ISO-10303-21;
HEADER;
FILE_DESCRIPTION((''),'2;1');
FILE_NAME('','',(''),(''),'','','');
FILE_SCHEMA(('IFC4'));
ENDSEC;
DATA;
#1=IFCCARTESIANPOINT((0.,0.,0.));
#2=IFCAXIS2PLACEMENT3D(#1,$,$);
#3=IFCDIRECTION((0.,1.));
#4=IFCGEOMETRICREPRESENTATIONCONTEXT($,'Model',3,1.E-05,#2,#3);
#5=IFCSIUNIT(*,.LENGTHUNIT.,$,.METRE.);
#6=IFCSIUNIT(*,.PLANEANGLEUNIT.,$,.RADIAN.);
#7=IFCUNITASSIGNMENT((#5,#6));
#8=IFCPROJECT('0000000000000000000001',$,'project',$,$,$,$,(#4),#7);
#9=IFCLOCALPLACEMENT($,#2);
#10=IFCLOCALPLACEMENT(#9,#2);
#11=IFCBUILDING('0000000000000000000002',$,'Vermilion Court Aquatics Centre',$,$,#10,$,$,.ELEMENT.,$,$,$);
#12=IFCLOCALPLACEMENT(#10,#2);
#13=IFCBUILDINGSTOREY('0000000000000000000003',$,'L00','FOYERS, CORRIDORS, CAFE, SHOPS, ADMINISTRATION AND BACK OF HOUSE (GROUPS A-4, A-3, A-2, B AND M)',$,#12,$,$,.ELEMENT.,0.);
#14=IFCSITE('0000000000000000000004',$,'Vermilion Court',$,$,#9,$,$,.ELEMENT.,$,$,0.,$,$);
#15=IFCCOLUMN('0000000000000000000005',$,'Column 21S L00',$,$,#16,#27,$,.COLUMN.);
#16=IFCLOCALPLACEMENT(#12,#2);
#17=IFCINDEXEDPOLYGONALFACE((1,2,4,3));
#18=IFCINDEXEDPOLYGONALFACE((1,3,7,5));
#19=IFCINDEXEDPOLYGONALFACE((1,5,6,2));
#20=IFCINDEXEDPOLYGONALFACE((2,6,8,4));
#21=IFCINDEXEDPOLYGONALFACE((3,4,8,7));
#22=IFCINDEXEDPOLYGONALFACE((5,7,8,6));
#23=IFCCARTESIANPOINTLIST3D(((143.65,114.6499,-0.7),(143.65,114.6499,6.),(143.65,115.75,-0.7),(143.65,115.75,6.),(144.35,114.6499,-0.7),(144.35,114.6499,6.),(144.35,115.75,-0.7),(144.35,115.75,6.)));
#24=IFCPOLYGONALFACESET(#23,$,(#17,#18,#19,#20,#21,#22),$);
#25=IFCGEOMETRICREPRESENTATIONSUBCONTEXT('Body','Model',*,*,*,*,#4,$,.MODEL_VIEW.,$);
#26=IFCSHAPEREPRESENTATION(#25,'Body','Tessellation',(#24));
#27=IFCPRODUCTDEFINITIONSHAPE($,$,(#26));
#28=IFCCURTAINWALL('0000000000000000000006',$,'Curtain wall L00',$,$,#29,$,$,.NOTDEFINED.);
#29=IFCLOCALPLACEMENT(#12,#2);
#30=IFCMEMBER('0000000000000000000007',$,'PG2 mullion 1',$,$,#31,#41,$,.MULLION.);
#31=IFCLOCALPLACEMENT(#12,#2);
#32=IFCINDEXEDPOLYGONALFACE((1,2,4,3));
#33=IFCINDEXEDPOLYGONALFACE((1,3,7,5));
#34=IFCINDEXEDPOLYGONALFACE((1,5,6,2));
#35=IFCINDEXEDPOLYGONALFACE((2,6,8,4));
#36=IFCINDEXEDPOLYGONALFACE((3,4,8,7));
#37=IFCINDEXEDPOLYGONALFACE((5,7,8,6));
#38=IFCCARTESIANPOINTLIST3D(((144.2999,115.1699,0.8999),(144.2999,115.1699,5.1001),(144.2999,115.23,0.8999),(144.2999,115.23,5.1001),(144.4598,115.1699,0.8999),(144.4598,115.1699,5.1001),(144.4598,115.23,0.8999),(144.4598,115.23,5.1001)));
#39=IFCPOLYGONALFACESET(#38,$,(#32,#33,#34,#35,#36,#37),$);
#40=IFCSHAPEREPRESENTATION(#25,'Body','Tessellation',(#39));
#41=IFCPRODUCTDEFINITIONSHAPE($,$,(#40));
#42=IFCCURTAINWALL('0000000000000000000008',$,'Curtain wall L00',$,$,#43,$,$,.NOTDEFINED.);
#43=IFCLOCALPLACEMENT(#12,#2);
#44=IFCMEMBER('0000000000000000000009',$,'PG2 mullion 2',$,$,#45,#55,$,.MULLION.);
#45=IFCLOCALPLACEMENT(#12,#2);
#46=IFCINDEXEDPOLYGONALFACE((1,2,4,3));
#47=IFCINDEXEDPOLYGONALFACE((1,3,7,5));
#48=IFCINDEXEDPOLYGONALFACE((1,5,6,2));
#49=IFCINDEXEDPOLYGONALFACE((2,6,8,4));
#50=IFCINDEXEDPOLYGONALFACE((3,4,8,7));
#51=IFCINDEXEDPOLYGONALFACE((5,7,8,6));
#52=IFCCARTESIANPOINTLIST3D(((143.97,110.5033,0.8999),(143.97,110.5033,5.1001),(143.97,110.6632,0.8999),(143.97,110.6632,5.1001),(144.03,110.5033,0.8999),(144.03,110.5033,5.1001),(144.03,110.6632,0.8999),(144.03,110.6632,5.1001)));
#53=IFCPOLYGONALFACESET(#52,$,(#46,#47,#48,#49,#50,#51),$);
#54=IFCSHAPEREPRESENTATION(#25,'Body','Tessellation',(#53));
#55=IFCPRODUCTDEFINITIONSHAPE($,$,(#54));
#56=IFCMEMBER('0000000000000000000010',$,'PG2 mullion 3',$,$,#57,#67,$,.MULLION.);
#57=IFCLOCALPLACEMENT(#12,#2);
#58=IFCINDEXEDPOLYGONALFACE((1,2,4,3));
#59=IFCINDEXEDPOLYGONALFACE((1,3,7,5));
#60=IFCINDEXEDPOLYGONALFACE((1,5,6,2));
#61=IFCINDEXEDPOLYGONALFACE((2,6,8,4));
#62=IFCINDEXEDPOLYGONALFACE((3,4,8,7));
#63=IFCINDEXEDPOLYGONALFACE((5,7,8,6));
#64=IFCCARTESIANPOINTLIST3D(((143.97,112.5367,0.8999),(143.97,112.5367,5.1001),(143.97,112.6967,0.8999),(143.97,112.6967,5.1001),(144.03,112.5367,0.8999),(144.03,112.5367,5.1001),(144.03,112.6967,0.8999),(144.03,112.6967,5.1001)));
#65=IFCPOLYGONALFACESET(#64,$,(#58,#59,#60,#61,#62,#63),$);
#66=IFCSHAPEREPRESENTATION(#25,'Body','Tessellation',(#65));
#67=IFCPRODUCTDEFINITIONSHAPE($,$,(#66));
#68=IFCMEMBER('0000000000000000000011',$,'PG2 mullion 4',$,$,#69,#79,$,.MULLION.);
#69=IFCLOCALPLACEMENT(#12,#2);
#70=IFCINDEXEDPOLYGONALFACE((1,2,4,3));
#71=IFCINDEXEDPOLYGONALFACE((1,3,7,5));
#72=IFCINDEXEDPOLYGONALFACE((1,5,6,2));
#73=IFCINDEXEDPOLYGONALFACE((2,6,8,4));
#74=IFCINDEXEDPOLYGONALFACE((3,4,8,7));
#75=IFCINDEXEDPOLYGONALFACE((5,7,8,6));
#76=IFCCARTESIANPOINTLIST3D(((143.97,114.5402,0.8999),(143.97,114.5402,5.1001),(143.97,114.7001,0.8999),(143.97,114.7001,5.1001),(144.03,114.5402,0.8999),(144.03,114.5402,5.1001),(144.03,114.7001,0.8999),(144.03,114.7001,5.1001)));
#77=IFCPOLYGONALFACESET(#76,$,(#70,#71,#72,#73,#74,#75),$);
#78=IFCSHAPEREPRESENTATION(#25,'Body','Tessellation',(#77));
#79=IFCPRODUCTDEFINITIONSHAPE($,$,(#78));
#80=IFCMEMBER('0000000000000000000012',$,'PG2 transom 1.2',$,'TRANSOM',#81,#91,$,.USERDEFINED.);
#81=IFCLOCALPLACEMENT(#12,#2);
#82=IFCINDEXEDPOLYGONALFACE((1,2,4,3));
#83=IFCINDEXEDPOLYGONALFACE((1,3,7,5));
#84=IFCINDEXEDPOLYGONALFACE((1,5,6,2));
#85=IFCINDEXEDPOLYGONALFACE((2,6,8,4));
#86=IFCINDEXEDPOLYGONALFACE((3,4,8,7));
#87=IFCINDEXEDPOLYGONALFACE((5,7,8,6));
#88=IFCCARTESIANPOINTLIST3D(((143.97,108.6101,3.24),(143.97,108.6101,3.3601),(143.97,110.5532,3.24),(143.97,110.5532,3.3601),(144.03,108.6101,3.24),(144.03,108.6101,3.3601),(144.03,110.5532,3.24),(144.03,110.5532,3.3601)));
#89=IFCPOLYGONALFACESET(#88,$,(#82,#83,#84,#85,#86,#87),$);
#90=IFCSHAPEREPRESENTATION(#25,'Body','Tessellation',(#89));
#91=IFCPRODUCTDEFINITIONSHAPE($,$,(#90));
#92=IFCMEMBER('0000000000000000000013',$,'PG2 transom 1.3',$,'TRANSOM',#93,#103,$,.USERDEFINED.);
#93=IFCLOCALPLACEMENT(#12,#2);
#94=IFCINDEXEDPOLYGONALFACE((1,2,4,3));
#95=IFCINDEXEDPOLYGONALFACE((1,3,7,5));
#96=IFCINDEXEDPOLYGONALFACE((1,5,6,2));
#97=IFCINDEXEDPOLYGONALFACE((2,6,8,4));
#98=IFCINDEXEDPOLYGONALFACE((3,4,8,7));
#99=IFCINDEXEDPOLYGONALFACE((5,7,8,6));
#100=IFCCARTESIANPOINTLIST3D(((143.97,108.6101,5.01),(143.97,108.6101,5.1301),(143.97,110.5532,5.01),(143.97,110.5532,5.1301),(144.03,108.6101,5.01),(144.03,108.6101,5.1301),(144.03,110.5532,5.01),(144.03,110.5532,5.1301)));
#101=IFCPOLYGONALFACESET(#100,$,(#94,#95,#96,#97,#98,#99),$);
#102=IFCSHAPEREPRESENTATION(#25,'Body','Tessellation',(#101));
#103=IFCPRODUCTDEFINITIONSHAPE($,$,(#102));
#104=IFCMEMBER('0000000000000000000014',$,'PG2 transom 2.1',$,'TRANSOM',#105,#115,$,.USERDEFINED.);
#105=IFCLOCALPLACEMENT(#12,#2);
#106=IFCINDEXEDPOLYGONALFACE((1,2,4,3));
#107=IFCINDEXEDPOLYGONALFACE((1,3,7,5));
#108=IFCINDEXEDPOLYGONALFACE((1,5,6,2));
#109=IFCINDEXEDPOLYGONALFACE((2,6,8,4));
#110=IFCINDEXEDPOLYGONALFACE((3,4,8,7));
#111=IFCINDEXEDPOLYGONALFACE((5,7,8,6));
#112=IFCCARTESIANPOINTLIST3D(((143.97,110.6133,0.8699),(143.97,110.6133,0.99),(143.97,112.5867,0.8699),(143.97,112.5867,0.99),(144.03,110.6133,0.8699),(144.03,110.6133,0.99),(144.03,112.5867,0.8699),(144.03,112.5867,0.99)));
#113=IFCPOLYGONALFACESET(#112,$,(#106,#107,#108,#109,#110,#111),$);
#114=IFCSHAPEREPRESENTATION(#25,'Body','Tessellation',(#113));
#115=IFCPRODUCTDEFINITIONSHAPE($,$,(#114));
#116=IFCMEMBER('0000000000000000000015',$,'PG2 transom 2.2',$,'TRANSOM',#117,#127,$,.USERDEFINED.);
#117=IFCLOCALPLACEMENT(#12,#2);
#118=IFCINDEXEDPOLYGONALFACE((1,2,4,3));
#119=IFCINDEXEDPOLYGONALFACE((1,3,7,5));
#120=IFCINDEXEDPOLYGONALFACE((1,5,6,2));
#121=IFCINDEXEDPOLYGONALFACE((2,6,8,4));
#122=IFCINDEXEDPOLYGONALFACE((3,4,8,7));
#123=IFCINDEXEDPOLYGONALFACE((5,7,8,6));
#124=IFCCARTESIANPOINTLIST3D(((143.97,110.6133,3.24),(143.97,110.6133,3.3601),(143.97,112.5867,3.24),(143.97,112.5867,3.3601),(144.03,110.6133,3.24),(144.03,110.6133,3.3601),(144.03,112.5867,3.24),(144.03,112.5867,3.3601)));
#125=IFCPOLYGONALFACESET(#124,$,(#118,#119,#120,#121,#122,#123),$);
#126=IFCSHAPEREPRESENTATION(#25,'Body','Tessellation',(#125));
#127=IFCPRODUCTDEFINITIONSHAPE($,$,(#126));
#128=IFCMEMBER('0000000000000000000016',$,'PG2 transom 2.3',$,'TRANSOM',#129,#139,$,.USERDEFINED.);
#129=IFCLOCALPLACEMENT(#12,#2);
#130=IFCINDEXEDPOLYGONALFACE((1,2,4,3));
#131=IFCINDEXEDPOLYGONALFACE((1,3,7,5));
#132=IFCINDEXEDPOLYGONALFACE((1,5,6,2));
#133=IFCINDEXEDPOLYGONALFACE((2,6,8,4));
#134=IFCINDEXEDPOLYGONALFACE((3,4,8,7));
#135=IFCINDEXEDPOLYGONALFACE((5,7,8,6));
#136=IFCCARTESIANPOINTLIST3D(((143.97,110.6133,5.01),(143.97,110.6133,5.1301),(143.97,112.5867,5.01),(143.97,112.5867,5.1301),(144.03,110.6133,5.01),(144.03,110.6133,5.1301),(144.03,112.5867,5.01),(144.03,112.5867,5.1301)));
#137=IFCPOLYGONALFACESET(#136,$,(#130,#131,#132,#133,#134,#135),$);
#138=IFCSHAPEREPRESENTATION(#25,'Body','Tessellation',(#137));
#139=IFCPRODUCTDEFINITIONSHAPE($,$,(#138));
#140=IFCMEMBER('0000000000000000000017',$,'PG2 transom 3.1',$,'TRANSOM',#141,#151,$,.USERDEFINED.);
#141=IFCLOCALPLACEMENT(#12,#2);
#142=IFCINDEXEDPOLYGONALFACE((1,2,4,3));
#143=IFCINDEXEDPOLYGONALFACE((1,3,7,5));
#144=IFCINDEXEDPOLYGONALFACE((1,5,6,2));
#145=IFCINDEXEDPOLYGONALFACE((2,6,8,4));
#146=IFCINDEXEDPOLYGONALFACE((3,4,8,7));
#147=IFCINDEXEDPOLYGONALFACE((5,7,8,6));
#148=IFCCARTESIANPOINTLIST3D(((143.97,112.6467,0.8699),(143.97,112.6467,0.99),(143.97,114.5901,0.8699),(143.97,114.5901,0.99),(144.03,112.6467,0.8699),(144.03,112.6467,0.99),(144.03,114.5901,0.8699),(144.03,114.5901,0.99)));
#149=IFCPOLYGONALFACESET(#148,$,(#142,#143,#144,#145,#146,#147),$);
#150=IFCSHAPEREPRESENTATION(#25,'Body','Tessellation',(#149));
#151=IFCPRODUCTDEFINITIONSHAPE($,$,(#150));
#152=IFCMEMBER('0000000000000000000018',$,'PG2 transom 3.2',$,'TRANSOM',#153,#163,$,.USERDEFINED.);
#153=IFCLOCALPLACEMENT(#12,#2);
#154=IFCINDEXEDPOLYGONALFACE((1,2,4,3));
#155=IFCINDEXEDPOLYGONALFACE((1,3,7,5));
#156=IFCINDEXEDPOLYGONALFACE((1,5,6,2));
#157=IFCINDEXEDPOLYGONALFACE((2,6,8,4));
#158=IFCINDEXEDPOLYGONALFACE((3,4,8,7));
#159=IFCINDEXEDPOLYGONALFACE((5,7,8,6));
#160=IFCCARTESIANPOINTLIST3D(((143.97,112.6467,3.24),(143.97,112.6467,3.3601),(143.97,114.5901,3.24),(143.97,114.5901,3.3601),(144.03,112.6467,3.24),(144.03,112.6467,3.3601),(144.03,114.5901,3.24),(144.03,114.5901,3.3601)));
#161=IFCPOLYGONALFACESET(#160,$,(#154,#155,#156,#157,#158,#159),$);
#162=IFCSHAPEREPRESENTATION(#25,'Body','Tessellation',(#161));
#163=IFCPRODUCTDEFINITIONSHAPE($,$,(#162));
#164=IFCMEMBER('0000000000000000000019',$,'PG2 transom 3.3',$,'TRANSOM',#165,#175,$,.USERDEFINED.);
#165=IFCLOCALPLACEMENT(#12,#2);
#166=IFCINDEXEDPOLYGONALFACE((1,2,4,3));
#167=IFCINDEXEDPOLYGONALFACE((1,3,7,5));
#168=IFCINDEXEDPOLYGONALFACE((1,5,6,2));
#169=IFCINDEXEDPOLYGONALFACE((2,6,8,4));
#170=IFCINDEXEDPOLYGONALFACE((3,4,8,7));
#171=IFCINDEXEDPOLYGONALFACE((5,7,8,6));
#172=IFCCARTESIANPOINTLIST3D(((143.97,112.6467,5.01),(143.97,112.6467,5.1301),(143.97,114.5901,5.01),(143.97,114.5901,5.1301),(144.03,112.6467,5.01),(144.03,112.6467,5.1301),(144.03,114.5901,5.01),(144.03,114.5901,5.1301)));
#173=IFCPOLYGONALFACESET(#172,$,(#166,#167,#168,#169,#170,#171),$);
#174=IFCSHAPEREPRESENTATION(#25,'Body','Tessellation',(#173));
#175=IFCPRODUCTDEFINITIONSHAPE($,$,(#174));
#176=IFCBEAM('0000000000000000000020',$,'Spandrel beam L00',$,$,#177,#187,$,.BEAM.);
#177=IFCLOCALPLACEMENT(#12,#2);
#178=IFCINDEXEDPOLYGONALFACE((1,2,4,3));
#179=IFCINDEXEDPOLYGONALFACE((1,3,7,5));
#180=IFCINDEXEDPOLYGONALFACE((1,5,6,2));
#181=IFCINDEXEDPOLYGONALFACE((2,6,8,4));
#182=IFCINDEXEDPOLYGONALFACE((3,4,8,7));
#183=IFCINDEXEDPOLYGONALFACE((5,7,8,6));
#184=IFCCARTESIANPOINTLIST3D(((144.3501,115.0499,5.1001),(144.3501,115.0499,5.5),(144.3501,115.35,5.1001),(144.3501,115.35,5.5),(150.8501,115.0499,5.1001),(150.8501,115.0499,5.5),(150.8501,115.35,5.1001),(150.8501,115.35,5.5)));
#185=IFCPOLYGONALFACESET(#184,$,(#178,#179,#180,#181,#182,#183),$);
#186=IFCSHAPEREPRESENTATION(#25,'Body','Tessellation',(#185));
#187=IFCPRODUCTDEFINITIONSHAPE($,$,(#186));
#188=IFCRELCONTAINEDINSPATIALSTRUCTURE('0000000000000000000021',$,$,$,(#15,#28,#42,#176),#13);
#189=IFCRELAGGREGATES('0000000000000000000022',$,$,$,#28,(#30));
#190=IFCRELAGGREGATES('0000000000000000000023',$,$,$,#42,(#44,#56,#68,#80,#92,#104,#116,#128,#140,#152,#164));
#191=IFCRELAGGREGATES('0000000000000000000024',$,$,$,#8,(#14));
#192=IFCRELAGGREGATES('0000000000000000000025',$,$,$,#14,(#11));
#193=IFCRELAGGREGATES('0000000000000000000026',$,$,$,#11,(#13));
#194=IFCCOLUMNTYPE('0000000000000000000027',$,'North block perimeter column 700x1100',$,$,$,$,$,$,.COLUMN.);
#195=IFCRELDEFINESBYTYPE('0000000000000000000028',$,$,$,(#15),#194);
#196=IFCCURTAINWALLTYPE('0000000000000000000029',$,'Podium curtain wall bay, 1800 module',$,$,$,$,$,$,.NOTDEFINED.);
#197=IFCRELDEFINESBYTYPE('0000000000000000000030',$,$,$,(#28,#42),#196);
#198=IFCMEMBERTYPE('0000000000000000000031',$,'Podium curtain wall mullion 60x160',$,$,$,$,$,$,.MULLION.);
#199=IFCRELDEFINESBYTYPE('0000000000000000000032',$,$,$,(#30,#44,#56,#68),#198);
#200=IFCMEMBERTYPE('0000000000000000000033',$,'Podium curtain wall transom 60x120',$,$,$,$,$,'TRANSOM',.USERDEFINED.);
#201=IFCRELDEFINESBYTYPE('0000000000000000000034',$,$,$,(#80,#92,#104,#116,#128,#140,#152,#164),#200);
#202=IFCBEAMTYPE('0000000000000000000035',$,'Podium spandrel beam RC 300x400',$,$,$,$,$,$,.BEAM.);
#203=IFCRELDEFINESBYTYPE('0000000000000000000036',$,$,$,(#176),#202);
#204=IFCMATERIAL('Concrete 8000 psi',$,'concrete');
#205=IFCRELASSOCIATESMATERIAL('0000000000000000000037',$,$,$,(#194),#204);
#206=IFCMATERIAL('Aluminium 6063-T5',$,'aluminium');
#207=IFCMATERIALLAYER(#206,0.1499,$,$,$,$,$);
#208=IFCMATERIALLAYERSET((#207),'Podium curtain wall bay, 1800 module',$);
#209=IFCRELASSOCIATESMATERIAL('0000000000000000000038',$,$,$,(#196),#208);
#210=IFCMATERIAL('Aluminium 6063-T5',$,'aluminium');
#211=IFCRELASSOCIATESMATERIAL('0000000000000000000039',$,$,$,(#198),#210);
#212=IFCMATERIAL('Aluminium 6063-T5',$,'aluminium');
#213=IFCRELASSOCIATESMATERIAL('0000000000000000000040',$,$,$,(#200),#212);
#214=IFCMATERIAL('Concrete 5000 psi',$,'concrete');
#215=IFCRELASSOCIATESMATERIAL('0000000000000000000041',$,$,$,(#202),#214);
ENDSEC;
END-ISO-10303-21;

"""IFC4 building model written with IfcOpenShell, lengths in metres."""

from ifc_helpers import new_model, si_unit, direction, frame, origin, origin_2d, place, context, subcontext, project, spatial, rectangle, extrude, material, layer, layer_set, material_profile, profile_set, type_object, element, aggregate, save


model = new_model("IFC4")

# Units and contexts
model_context = context("Model", 3, precision=1e-05, world=origin(), true_north=direction((0.0, 1.0)))
body_context = subcontext(model_context, "Body", "Model", "MODEL_VIEW")
ifc_project = project(units=[si_unit("LENGTHUNIT", "METRE"), si_unit("PLANEANGLEUNIT", "RADIAN")], contexts=[model_context])

# Site, building, storey
site_placement = place(None, origin())
site = spatial("IfcSite", under=ifc_project, at=site_placement, Name="Vermilion Court", CompositionType="ELEMENT", RefElevation=0.0)
building_placement = place(site_placement, origin())
building = spatial("IfcBuilding", under=site, at=building_placement, Name="Vermilion Court Aquatics Centre", CompositionType="ELEMENT")
storey_placement = place(building_placement, origin())
storey = spatial("IfcBuildingStorey", under=building, at=storey_placement, Name="L00", Description="FOYERS, CORRIDORS, CAFE, SHOPS, ADMINISTRATION AND BACK OF HOUSE (GROUPS A-4, A-3, A-2, B AND M)", CompositionType="ELEMENT", Elevation=0.0)

# Column
ifc_material_1 = material(Name="Concrete 8000 psi", Category="concrete")
ifc_material_profile_1 = material_profile(ifc_material_1, rectangle(XDim=0.7, YDim=1.1001, at=origin_2d()), Name="RC 700x1100")
ifc_profile_set_1 = profile_set([ifc_material_profile_1], Name="Concrete 8000 psi")
column_type = type_object("IfcColumnType", Name="North block perimeter column 700x1100", PredefinedType="COLUMN", material=ifc_profile_set_1)
column_placement = place(storey_placement, frame((144.0, 115.2, -0.7), z_axis=(0.0, 0.0, 1.0), x_axis=(1.0, 0.0, 0.0)))
element("IfcColumn", 1, at=column_placement, inside=storey, type_object=column_type, Name="Column 21S L00", PredefinedType="COLUMN", context=body_context, shape_type="SweptSolid", body=[
    extrude(rectangle(XDim=0.7, YDim=1.1001, at=origin_2d()), origin(), (0.0, 0.0, 1.0), 6.7),
])

# Curtain wall, member
ifc_material_2 = material(Name="Aluminium 6063-T5", Category="aluminium")
ifc_layer_1 = layer(ifc_material_2, 0.1499)
ifc_layer_set_1 = layer_set([ifc_layer_1], Name="Podium curtain wall bay, 1800 module")
curtain_wall_type = type_object("IfcCurtainWallType", Name="Podium curtain wall bay, 1800 module", PredefinedType="NOTDEFINED", material=ifc_layer_set_1)
curtain_wall_1_placement = place(storey_placement, origin())
curtain_wall_1 = element("IfcCurtainWall", 2, at=curtain_wall_1_placement, inside=storey, type_object=curtain_wall_type, Name="Curtain wall L00", PredefinedType="NOTDEFINED")
ifc_material_3 = material(Name="Aluminium 6063-T5", Category="aluminium")
ifc_material_profile_2 = material_profile(ifc_material_3, rectangle(XDim=0.0601, YDim=0.1599, at=origin_2d()), Name="Mullion 60x160")
ifc_profile_set_2 = profile_set([ifc_material_profile_2], Name="Aluminium 6063-T5")
member_type_1 = type_object("IfcMemberType", Name="Podium curtain wall mullion 60x160", PredefinedType="MULLION", material=ifc_profile_set_2)
member_1_placement = place(storey_placement, frame((144.3799, 115.2, 0.8999), z_axis=(0.0, 0.0, 1.0), x_axis=(0.0, 1.0, 0.0)))
member_1 = element("IfcMember", 3, at=member_1_placement, type_object=member_type_1, Name="PG2 mullion 1", PredefinedType="MULLION", context=body_context, shape_type="SweptSolid", body=[
    extrude(rectangle(XDim=0.0601, YDim=0.1599, at=origin_2d()), origin(), (0.0, 0.0, 1.0), 4.2002),
])
aggregate(curtain_wall_1, [member_1])

# Curtain wall, members
curtain_wall_2_placement = place(storey_placement, origin())
curtain_wall_2 = element("IfcCurtainWall", 4, at=curtain_wall_2_placement, inside=storey, type_object=curtain_wall_type, Name="Curtain wall L00", PredefinedType="NOTDEFINED")
member_2_placement = place(storey_placement, frame((144.0, 110.5833, 0.8999), z_axis=(0.0, 0.0, 1.0), x_axis=(-1.0, 0.0, 0.0)))
member_2 = element("IfcMember", 5, at=member_2_placement, type_object=member_type_1, Name="PG2 mullion 2", PredefinedType="MULLION", context=body_context, shape_type="SweptSolid", body=[
    extrude(rectangle(XDim=0.0601, YDim=0.1599, at=origin_2d()), origin(), (0.0, 0.0, 1.0), 4.2002),
])
member_3_placement = place(storey_placement, frame((144.0, 112.6167, 0.8999), z_axis=(0.0, 0.0, 1.0), x_axis=(-1.0, 0.0, 0.0)))
member_3 = element("IfcMember", 6, at=member_3_placement, type_object=member_type_1, Name="PG2 mullion 3", PredefinedType="MULLION", context=body_context, shape_type="SweptSolid", body=[
    extrude(rectangle(XDim=0.0601, YDim=0.1599, at=origin_2d()), origin(), (0.0, 0.0, 1.0), 4.2002),
])
member_4_placement = place(storey_placement, frame((144.0, 114.6201, 0.8999), z_axis=(0.0, 0.0, 1.0), x_axis=(-1.0, 0.0, 0.0)))
member_4 = element("IfcMember", 7, at=member_4_placement, type_object=member_type_1, Name="PG2 mullion 4", PredefinedType="MULLION", context=body_context, shape_type="SweptSolid", body=[
    extrude(rectangle(XDim=0.0601, YDim=0.1599, at=origin_2d()), origin(), (0.0, 0.0, 1.0), 4.2002),
])
ifc_material_4 = material(Name="Aluminium 6063-T5", Category="aluminium")
ifc_material_profile_3 = material_profile(ifc_material_4, rectangle(XDim=0.0601, YDim=0.1201, at=origin_2d()), Name="Transom 60x120")
ifc_profile_set_3 = profile_set([ifc_material_profile_3], Name="Aluminium 6063-T5")
member_type_2 = type_object("IfcMemberType", Name="Podium curtain wall transom 60x120", ElementType="TRANSOM", PredefinedType="USERDEFINED", material=ifc_profile_set_3)
member_5_placement = place(storey_placement, frame((144.0, 108.6101, 3.3), z_axis=(0.0, 1.0, 0.0), x_axis=(-1.0, 0.0, 0.0)))
member_5 = element("IfcMember", 8, at=member_5_placement, type_object=member_type_2, Name="PG2 transom 1.2", ObjectType="TRANSOM", PredefinedType="USERDEFINED", context=body_context, shape_type="SweptSolid", body=[
    extrude(rectangle(XDim=0.0601, YDim=0.1201, at=origin_2d()), origin(), (0.0, 0.0, 1.0), 1.9431),
])
member_6_placement = place(storey_placement, frame((144.0, 108.6101, 5.0701), z_axis=(0.0, 1.0, 0.0), x_axis=(-1.0, 0.0, 0.0)))
member_6 = element("IfcMember", 9, at=member_6_placement, type_object=member_type_2, Name="PG2 transom 1.3", ObjectType="TRANSOM", PredefinedType="USERDEFINED", context=body_context, shape_type="SweptSolid", body=[
    extrude(rectangle(XDim=0.0601, YDim=0.1201, at=origin_2d()), origin(), (0.0, 0.0, 1.0), 1.9431),
])
member_7_placement = place(storey_placement, frame((144.0, 110.6133, 0.9299), z_axis=(0.0, 1.0, 0.0), x_axis=(-1.0, 0.0, 0.0)))
member_7 = element("IfcMember", 10, at=member_7_placement, type_object=member_type_2, Name="PG2 transom 2.1", ObjectType="TRANSOM", PredefinedType="USERDEFINED", context=body_context, shape_type="SweptSolid", body=[
    extrude(rectangle(XDim=0.0601, YDim=0.1201, at=origin_2d()), origin(), (0.0, 0.0, 1.0), 1.9734),
])
member_8_placement = place(storey_placement, frame((144.0, 110.6133, 3.3), z_axis=(0.0, 1.0, 0.0), x_axis=(-1.0, 0.0, 0.0)))
member_8 = element("IfcMember", 11, at=member_8_placement, type_object=member_type_2, Name="PG2 transom 2.2", ObjectType="TRANSOM", PredefinedType="USERDEFINED", context=body_context, shape_type="SweptSolid", body=[
    extrude(rectangle(XDim=0.0601, YDim=0.1201, at=origin_2d()), origin(), (0.0, 0.0, 1.0), 1.9734),
])
member_9_placement = place(storey_placement, frame((144.0, 110.6133, 5.0701), z_axis=(0.0, 1.0, 0.0), x_axis=(-1.0, 0.0, 0.0)))
member_9 = element("IfcMember", 12, at=member_9_placement, type_object=member_type_2, Name="PG2 transom 2.3", ObjectType="TRANSOM", PredefinedType="USERDEFINED", context=body_context, shape_type="SweptSolid", body=[
    extrude(rectangle(XDim=0.0601, YDim=0.1201, at=origin_2d()), origin(), (0.0, 0.0, 1.0), 1.9734),
])
member_10_placement = place(storey_placement, frame((144.0, 112.6467, 0.9299), z_axis=(0.0, 1.0, 0.0), x_axis=(-1.0, 0.0, 0.0)))
member_10 = element("IfcMember", 13, at=member_10_placement, type_object=member_type_2, Name="PG2 transom 3.1", ObjectType="TRANSOM", PredefinedType="USERDEFINED", context=body_context, shape_type="SweptSolid", body=[
    extrude(rectangle(XDim=0.0601, YDim=0.1201, at=origin_2d()), origin(), (0.0, 0.0, 1.0), 1.9434),
])
member_11_placement = place(storey_placement, frame((144.0, 112.6467, 3.3), z_axis=(0.0, 1.0, 0.0), x_axis=(-1.0, 0.0, 0.0)))
member_11 = element("IfcMember", 14, at=member_11_placement, type_object=member_type_2, Name="PG2 transom 3.2", ObjectType="TRANSOM", PredefinedType="USERDEFINED", context=body_context, shape_type="SweptSolid", body=[
    extrude(rectangle(XDim=0.0601, YDim=0.1201, at=origin_2d()), origin(), (0.0, 0.0, 1.0), 1.9434),
])
member_12_placement = place(storey_placement, frame((144.0, 112.6467, 5.0701), z_axis=(0.0, 1.0, 0.0), x_axis=(-1.0, 0.0, 0.0)))
member_12 = element("IfcMember", 15, at=member_12_placement, type_object=member_type_2, Name="PG2 transom 3.3", ObjectType="TRANSOM", PredefinedType="USERDEFINED", context=body_context, shape_type="SweptSolid", body=[
    extrude(rectangle(XDim=0.0601, YDim=0.1201, at=origin_2d()), origin(), (0.0, 0.0, 1.0), 1.9434),
])

# Beam
ifc_material_5 = material(Name="Concrete 5000 psi", Category="concrete")
ifc_material_profile_4 = material_profile(ifc_material_5, rectangle(XDim=0.3, YDim=0.3999, at=origin_2d()), Name="RC 300x400")
ifc_profile_set_4 = profile_set([ifc_material_profile_4], Name="Concrete 5000 psi")
beam_type = type_object("IfcBeamType", Name="Podium spandrel beam RC 300x400", PredefinedType="BEAM", material=ifc_profile_set_4)
beam_placement = place(storey_placement, frame((144.3501, 115.2, 5.3), z_axis=(1.0, 0.0, 0.0), x_axis=(0.0, 1.0, 0.0)))
element("IfcBeam", 16, at=beam_placement, inside=storey, type_object=beam_type, Name="Spandrel beam L00", PredefinedType="BEAM", context=body_context, shape_type="SweptSolid", body=[
    extrude(rectangle(XDim=0.3, YDim=0.3999, at=origin_2d()), origin(), (0.0, 0.0, 1.0), 6.5),
])

aggregate(curtain_wall_2, [member_2, member_3, member_4, member_5, member_6, member_7, member_8, member_9, member_10, member_11, member_12])

save(model, "model.ifc")
